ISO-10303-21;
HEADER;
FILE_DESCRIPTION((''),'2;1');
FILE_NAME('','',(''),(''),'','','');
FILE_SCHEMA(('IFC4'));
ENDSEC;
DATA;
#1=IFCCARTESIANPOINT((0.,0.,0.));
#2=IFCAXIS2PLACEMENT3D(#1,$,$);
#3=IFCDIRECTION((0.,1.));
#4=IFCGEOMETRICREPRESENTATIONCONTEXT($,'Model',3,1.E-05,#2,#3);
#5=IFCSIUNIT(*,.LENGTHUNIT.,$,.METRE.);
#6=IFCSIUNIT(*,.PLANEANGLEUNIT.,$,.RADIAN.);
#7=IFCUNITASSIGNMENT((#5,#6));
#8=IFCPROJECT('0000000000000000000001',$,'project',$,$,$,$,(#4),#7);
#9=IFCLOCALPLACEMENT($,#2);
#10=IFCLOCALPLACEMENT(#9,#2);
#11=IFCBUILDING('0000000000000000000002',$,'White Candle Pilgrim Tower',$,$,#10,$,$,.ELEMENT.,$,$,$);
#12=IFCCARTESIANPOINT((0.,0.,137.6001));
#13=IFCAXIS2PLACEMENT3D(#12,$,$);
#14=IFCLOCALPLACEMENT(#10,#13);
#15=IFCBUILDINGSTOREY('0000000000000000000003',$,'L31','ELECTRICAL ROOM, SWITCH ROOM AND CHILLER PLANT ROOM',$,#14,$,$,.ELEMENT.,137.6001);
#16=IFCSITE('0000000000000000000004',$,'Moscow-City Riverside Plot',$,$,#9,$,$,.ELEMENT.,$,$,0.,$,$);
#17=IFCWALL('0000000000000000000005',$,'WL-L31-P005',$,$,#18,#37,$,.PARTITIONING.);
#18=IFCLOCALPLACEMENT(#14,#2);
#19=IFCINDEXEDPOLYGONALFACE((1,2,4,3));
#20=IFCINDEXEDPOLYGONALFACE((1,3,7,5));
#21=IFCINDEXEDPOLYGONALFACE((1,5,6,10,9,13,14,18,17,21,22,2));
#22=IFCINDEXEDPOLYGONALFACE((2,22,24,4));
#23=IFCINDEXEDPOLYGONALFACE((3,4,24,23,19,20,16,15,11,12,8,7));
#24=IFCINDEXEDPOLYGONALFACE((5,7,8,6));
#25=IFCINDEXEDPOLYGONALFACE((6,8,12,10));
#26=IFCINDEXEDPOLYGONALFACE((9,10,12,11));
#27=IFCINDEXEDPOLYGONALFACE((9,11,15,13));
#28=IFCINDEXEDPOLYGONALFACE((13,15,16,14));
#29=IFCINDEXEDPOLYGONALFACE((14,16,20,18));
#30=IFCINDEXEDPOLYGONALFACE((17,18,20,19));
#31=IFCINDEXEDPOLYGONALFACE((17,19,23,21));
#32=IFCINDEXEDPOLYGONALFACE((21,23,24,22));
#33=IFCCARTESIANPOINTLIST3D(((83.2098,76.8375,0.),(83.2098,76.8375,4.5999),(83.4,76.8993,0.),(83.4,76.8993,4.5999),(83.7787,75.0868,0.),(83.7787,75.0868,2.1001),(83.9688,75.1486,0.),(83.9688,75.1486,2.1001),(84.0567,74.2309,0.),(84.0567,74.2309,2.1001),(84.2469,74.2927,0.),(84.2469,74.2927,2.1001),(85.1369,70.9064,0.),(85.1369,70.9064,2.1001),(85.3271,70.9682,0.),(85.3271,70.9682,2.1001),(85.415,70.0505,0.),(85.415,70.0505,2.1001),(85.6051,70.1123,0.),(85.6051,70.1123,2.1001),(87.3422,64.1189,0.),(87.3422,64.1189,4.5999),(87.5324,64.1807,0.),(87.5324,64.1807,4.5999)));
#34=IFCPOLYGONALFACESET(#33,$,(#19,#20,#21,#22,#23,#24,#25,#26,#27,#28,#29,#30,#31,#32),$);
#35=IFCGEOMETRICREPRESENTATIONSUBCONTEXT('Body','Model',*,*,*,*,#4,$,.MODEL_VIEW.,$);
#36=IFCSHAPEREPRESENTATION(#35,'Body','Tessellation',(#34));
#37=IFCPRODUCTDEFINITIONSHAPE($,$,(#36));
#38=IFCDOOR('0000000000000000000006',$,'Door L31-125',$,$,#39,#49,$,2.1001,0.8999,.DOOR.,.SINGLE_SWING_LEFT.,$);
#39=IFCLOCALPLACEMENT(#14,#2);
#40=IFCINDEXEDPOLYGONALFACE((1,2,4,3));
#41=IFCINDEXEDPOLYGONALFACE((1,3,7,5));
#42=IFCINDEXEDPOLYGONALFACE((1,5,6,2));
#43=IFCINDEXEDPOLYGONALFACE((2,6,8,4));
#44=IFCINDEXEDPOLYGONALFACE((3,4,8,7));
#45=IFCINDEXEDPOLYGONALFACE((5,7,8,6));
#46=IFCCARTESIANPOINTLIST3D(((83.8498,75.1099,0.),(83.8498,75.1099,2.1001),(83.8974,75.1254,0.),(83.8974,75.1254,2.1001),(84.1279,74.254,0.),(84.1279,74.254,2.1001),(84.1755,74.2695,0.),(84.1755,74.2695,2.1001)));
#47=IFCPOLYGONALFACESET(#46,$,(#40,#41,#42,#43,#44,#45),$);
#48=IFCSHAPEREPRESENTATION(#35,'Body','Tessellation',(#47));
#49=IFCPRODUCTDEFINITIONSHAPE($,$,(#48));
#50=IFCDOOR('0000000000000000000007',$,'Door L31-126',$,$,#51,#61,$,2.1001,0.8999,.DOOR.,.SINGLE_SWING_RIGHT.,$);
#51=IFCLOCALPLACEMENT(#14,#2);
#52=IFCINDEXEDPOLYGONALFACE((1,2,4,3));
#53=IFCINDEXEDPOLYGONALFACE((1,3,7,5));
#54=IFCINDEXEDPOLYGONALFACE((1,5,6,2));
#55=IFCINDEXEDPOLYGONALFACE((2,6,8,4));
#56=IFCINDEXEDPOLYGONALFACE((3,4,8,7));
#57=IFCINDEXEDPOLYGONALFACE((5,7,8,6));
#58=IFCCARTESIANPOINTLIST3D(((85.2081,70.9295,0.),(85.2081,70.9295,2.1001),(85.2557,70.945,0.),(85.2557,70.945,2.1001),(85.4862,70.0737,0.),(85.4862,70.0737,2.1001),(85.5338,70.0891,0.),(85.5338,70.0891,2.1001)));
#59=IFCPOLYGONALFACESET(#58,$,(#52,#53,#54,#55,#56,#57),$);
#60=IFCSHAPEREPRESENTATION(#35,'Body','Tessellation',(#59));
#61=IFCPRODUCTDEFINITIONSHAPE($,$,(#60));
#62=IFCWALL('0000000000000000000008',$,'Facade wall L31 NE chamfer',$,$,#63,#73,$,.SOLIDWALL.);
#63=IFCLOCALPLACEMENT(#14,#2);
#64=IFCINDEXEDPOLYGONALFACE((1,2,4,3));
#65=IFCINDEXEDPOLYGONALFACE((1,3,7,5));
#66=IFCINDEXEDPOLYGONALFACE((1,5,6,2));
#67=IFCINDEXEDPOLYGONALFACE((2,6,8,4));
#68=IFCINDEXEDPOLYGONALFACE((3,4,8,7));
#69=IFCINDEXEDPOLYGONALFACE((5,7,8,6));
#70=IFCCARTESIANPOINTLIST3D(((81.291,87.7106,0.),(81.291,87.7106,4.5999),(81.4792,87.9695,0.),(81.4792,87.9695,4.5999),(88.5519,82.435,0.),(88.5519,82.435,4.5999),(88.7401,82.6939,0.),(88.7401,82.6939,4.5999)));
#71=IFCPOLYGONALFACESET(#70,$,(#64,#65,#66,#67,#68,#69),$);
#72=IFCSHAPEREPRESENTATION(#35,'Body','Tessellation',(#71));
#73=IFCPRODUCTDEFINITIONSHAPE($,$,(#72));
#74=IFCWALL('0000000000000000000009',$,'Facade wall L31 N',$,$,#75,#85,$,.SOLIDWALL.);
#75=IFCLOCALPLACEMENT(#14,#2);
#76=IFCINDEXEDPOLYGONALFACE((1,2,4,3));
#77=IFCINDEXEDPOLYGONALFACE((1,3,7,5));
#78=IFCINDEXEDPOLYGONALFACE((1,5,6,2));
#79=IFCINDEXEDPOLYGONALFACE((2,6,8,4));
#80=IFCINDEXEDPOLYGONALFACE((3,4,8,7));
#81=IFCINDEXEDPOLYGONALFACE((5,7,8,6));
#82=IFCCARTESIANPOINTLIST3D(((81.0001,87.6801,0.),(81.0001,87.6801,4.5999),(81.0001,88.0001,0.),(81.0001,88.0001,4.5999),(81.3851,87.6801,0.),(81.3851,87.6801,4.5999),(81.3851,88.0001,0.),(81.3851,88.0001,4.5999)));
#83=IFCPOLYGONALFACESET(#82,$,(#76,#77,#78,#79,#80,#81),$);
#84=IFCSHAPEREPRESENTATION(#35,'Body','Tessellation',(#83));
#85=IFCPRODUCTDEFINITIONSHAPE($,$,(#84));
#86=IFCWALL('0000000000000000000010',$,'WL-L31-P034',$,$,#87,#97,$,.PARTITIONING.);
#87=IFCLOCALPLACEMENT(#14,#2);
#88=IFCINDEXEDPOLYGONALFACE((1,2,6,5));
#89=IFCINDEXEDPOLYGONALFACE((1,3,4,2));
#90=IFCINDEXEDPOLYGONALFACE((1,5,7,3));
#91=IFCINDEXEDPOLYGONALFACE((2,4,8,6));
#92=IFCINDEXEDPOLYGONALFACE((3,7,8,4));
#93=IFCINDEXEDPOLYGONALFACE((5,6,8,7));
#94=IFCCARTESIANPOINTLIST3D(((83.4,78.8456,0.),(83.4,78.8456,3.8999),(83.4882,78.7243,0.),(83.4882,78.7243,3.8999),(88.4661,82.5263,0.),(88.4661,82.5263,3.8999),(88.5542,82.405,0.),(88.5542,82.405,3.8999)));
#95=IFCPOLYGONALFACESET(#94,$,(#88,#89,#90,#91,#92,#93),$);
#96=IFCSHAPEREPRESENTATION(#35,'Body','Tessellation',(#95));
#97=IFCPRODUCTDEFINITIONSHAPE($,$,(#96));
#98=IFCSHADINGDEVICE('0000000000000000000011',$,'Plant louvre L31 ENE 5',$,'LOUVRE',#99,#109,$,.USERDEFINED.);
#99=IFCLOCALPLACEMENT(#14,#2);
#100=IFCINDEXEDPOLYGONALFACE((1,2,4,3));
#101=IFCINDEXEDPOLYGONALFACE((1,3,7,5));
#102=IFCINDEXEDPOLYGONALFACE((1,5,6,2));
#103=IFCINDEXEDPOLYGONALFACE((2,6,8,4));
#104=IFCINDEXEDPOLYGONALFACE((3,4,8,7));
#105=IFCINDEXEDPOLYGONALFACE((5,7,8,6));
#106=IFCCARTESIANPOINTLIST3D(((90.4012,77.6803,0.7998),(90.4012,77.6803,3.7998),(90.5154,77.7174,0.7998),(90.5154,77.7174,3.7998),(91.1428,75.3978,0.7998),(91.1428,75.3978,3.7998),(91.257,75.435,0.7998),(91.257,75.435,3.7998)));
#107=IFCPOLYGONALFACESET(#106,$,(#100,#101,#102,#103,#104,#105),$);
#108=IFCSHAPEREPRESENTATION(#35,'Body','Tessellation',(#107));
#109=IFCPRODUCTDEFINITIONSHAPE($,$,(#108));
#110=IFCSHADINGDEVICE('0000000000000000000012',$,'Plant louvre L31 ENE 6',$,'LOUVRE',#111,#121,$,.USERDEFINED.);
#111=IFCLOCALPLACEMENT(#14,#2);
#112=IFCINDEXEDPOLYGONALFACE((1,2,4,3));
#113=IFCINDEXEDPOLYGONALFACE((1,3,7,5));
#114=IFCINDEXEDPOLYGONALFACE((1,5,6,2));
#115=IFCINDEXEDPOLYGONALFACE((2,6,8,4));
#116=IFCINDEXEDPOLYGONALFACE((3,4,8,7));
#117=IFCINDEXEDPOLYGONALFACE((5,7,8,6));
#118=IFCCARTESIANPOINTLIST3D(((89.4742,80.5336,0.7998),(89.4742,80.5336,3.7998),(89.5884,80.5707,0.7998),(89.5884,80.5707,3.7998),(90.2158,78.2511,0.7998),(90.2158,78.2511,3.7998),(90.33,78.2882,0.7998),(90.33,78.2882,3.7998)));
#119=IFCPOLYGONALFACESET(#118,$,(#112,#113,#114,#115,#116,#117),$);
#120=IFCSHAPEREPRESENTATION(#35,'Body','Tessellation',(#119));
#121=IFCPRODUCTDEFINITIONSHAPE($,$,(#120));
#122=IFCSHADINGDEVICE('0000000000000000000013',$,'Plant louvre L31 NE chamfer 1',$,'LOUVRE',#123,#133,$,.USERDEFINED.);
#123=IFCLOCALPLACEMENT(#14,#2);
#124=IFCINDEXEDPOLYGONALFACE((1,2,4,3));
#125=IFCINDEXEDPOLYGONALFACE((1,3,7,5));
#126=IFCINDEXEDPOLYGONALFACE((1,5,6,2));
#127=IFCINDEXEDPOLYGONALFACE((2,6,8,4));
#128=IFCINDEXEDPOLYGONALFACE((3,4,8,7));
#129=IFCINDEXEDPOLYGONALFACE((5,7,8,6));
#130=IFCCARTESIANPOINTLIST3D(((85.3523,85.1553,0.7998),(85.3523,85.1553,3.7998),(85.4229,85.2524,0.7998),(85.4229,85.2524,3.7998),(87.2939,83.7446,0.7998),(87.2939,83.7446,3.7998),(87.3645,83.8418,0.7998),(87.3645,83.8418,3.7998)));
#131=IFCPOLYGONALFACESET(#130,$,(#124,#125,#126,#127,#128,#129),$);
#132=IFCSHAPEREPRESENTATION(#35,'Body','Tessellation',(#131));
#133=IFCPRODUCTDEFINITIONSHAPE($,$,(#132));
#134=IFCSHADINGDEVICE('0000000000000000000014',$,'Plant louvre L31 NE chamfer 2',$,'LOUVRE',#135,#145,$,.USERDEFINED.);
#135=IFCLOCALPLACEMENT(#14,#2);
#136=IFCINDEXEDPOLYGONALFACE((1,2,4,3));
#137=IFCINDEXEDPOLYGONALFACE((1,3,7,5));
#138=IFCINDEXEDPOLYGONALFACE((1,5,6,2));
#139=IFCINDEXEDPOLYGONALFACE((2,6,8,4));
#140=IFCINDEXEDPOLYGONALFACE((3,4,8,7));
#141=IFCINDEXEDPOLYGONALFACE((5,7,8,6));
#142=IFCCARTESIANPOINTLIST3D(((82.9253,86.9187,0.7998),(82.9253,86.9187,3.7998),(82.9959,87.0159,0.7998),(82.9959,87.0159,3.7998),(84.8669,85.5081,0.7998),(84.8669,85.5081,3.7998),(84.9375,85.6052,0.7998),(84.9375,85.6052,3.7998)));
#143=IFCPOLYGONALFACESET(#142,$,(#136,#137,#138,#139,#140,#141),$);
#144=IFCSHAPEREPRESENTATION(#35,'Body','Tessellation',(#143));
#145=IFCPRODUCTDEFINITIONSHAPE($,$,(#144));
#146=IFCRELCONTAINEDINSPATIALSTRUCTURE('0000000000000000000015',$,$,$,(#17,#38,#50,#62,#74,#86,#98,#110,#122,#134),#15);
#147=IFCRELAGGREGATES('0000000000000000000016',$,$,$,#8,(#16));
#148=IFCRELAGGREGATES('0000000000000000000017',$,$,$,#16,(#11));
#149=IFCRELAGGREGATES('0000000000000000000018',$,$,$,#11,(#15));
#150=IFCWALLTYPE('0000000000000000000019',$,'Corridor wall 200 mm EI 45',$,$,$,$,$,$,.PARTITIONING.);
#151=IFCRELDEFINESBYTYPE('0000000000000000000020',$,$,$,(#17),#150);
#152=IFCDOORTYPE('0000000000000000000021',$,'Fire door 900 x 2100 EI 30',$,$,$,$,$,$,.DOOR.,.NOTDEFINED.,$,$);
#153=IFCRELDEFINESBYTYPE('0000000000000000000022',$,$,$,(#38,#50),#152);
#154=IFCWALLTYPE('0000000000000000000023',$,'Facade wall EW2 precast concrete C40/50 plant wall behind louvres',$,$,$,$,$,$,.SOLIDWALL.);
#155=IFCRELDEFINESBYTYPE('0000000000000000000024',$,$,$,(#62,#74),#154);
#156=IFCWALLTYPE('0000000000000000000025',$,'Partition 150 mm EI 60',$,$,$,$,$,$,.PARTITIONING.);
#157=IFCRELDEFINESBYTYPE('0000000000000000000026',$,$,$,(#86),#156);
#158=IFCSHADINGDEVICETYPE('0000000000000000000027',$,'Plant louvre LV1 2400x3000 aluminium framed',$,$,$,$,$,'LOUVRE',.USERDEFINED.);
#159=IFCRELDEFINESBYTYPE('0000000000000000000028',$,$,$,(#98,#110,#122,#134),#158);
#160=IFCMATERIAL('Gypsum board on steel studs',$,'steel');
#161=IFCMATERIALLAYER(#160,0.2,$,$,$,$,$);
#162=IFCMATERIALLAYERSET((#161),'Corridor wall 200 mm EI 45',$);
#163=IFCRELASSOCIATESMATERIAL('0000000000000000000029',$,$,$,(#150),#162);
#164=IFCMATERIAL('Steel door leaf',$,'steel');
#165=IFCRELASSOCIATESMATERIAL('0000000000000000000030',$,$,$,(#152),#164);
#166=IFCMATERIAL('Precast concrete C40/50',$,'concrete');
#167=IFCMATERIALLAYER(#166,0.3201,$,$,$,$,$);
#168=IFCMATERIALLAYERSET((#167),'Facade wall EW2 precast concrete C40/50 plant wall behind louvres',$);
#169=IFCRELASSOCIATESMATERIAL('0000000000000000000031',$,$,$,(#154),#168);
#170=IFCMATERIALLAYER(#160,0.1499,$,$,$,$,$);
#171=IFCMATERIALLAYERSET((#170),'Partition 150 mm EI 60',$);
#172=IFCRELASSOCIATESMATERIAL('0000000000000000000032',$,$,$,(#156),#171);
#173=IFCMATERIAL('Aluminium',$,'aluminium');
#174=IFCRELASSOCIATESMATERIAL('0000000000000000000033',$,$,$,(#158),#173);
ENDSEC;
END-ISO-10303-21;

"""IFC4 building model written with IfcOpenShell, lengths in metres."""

from ifc_helpers import new_model, si_unit, direction, frame, frame_2d, origin, origin_2d, place, context, subcontext, project, spatial, rectangle, extrude, material, layer, layer_set, type_object, element, fill, save


model = new_model("IFC4")

# Units and contexts
model_context = context("Model", 3, precision=1e-05, world=origin(), true_north=direction((0.0, 1.0)))
body_context = subcontext(model_context, "Body", "Model", "MODEL_VIEW")
ifc_project = project(units=[si_unit("LENGTHUNIT", "METRE"), si_unit("PLANEANGLEUNIT", "RADIAN")], contexts=[model_context])

# Site, building, storey
site_placement = place(None, origin())
site = spatial("IfcSite", under=ifc_project, at=site_placement, Name="Moscow-City Riverside Plot", CompositionType="ELEMENT", RefElevation=0.0)
building_placement = place(site_placement, origin())
building = spatial("IfcBuilding", under=site, at=building_placement, Name="White Candle Pilgrim Tower", CompositionType="ELEMENT")
storey_placement = place(building_placement, frame((0.0, 0.0, 137.6001)))
storey = spatial("IfcBuildingStorey", under=building, at=storey_placement, Name="L31", Description="ELECTRICAL ROOM, SWITCH ROOM AND CHILLER PLANT ROOM", CompositionType="ELEMENT", Elevation=137.6001)

# Shared definitions
ifc_material_1 = material(Name="Steel door leaf", Category="steel")

# Shared definitions
ifc_material_2 = material(Name="Gypsum board on steel studs", Category="steel")
ifc_layer_1 = layer(ifc_material_2, 0.2)
ifc_layer_set_1 = layer_set([ifc_layer_1], Name="Corridor wall 200 mm EI 45")
wall_type_1 = type_object("IfcWallType", Name="Corridor wall 200 mm EI 45", PredefinedType="PARTITIONING", material=ifc_layer_set_1)
door_type_1 = type_object("IfcDoorType", Name="Fire door 900 x 2100 EI 30", OperationType="NOTDEFINED", PredefinedType="DOOR", material=ifc_material_1)

# Wall, openings, doors
wall_1_placement = place(storey_placement, frame((83.3049, 76.8684, 0.0), z_axis=(0.0, 0.0, 1.0), x_axis=(0.309006, -0.95106, 0.0)))
wall_1 = element("IfcWall", 1, at=wall_1_placement, inside=storey, type_object=wall_type_1, Name="WL-L31-P005", PredefinedType="PARTITIONING", context=body_context, shape_type="SweptSolid", body=[
    extrude(rectangle(XDim=13.373, YDim=0.2, at=frame_2d((6.6865, 0.0))), origin(), (0.0, 0.0, 1.0), 4.5999),
])
opening_1_placement = place(wall_1_placement, frame((1.8408, 0.0, 0.0)))
opening_1 = element("IfcOpeningElement", 2, at=opening_1_placement, cuts=wall_1, PredefinedType="OPENING", context=body_context, shape_type="SweptSolid", body=[
    extrude(rectangle(XDim=0.8999, YDim=2.1001, at=frame_2d((0.45, 1.05))), frame((0.0, 0.1099, 0.0), z_axis=(0.0, -1.0, 0.0), x_axis=(1.0, 0.0, 0.0)), (0.0, 0.0, 1.0), 0.22),
])
opening_2_placement = place(wall_1_placement, frame((6.2363, 0.0, 0.0)))
opening_2 = element("IfcOpeningElement", 3, at=opening_2_placement, cuts=wall_1, PredefinedType="OPENING", context=body_context, shape_type="SweptSolid", body=[
    extrude(rectangle(XDim=0.8999, YDim=2.1001, at=frame_2d((0.45, 1.05))), frame((0.0, 0.1099, 0.0), z_axis=(0.0, -1.0, 0.0), x_axis=(1.0, 0.0, 0.0)), (0.0, 0.0, 1.0), 0.22),
])
door_1_placement = place(opening_1_placement, origin())
door_1 = element("IfcDoor", 4, at=door_1_placement, inside=storey, type_object=door_type_1, Name="Door L31-125", OperationType="SINGLE_SWING_LEFT", OverallHeight=2.1001, OverallWidth=0.8999, PredefinedType="DOOR", context=body_context, shape_type="SweptSolid", body=[
    extrude(rectangle(XDim=0.8999, YDim=2.1001, at=frame_2d((0.45, 1.05))), frame((0.0, 0.0249, 0.0), z_axis=(0.0, -1.0, 0.0), x_axis=(1.0, 0.0, 0.0)), (0.0, 0.0, 1.0), 0.05),
])
fill(opening_1, door_1)
door_2_placement = place(opening_2_placement, origin())
door_2 = element("IfcDoor", 5, at=door_2_placement, inside=storey, type_object=door_type_1, Name="Door L31-126", OperationType="SINGLE_SWING_RIGHT", OverallHeight=2.1001, OverallWidth=0.8999, PredefinedType="DOOR", context=body_context, shape_type="SweptSolid", body=[
    extrude(rectangle(XDim=0.8999, YDim=2.1001, at=frame_2d((0.45, 1.05))), frame((0.0, 0.0249, 0.0), z_axis=(0.0, -1.0, 0.0), x_axis=(1.0, 0.0, 0.0)), (0.0, 0.0, 1.0), 0.05),
])
fill(opening_2, door_2)

# Walls
ifc_material_3 = material(Name="Precast concrete C40/50", Category="concrete")
ifc_layer_2 = layer(ifc_material_3, 0.3201)
ifc_layer_set_2 = layer_set([ifc_layer_2], Name="Facade wall EW2 precast concrete C40/50 plant wall behind louvres")
wall_type_2 = type_object("IfcWallType", Name="Facade wall EW2 precast concrete C40/50 plant wall behind louvres", PredefinedType="SOLIDWALL", material=ifc_layer_set_2)
wall_2_placement = place(storey_placement, frame((88.646, 82.5645, 0.0), z_axis=(0.0, 0.0, 1.0), x_axis=(-0.809005, 0.587801, 0.0)))
element("IfcWall", 6, at=wall_2_placement, inside=storey, type_object=wall_type_2, Name="Facade wall L31 NE chamfer", PredefinedType="SOLIDWALL", context=body_context, shape_type="SweptSolid", body=[
    extrude(rectangle(XDim=8.9751, YDim=0.3201, at=frame_2d((4.4875, 0.0))), origin(), (0.0, 0.0, 1.0), 4.5999),
])
wall_3_placement = place(storey_placement, frame((81.385, 87.8401, 0.0), z_axis=(0.0, 0.0, 1.0), x_axis=(-1.0, 0.0, 0.0)))
element("IfcWall", 7, at=wall_3_placement, inside=storey, type_object=wall_type_2, Name="Facade wall L31 N", PredefinedType="SOLIDWALL", context=body_context, shape_type="SweptSolid", body=[
    extrude(rectangle(XDim=0.385, YDim=0.3201, at=frame_2d((0.1924, 0.0))), origin(), (0.0, 0.0, 1.0), 4.5999),
])
ifc_layer_3 = layer(ifc_material_2, 0.1499)
ifc_layer_set_3 = layer_set([ifc_layer_3], Name="Partition 150 mm EI 60")
wall_type_3 = type_object("IfcWallType", Name="Partition 150 mm EI 60", PredefinedType="PARTITIONING", material=ifc_layer_set_3)
wall_4_placement = place(storey_placement, frame((88.51, 82.4656, 0.0), z_axis=(0.0, 0.0, 1.0), x_axis=(-0.809012, -0.587791, 0.0)))
element("IfcWall", 8, at=wall_4_placement, inside=storey, type_object=wall_type_3, Name="WL-L31-P034", PredefinedType="PARTITIONING", context=body_context, shape_type="SweptSolid", body=[
    extrude(rectangle(XDim=6.262, YDim=0.1499, at=frame_2d((3.1309, 0.0))), origin(), (0.0, 0.0, 1.0), 3.8999),
])

# Shading devices
ifc_material_4 = material(Name="Aluminium", Category="aluminium")
shading_device_type = type_object("IfcShadingDeviceType", Name="Plant louvre LV1 2400x3000 aluminium framed", ElementType="LOUVRE", PredefinedType="USERDEFINED", material=ifc_material_4)
for number, where, z_axis, x_axis, name in (
    (9, (90.8291, 76.5576, 0.7998), (0.0, 0.0, 1.0), (-0.309017, 0.951057, 0.0), "Plant louvre L31 ENE 5"),
    (10, (89.9021, 79.4109, 0.7998), (0.0, 0.0, 1.0), (-0.309017, 0.951057, 0.0), "Plant louvre L31 ENE 6"),
    (11, (86.3584, 84.4985, 0.7998), (0.0, 0.0, 1.0), (-0.809017, 0.587785, 0.0), "Plant louvre L31 NE chamfer 1"),
    (12, (83.9314, 86.262, 0.7998), (0.0, 0.0, 1.0), (-0.809017, 0.587785, 0.0), "Plant louvre L31 NE chamfer 2"),
):
    element("IfcShadingDevice", number, at=place(storey_placement, frame(where, z_axis=z_axis, x_axis=x_axis)), inside=storey, type_object=shading_device_type, Name=name, ObjectType="LOUVRE", PredefinedType="USERDEFINED", context=body_context, shape_type="SweptSolid", body=[
        extrude(rectangle(XDim=2.3999, YDim=0.1201, at=origin_2d()), origin(), (0.0, 0.0, 1.0), 3.0),
    ])

save(model, "model.ifc")
